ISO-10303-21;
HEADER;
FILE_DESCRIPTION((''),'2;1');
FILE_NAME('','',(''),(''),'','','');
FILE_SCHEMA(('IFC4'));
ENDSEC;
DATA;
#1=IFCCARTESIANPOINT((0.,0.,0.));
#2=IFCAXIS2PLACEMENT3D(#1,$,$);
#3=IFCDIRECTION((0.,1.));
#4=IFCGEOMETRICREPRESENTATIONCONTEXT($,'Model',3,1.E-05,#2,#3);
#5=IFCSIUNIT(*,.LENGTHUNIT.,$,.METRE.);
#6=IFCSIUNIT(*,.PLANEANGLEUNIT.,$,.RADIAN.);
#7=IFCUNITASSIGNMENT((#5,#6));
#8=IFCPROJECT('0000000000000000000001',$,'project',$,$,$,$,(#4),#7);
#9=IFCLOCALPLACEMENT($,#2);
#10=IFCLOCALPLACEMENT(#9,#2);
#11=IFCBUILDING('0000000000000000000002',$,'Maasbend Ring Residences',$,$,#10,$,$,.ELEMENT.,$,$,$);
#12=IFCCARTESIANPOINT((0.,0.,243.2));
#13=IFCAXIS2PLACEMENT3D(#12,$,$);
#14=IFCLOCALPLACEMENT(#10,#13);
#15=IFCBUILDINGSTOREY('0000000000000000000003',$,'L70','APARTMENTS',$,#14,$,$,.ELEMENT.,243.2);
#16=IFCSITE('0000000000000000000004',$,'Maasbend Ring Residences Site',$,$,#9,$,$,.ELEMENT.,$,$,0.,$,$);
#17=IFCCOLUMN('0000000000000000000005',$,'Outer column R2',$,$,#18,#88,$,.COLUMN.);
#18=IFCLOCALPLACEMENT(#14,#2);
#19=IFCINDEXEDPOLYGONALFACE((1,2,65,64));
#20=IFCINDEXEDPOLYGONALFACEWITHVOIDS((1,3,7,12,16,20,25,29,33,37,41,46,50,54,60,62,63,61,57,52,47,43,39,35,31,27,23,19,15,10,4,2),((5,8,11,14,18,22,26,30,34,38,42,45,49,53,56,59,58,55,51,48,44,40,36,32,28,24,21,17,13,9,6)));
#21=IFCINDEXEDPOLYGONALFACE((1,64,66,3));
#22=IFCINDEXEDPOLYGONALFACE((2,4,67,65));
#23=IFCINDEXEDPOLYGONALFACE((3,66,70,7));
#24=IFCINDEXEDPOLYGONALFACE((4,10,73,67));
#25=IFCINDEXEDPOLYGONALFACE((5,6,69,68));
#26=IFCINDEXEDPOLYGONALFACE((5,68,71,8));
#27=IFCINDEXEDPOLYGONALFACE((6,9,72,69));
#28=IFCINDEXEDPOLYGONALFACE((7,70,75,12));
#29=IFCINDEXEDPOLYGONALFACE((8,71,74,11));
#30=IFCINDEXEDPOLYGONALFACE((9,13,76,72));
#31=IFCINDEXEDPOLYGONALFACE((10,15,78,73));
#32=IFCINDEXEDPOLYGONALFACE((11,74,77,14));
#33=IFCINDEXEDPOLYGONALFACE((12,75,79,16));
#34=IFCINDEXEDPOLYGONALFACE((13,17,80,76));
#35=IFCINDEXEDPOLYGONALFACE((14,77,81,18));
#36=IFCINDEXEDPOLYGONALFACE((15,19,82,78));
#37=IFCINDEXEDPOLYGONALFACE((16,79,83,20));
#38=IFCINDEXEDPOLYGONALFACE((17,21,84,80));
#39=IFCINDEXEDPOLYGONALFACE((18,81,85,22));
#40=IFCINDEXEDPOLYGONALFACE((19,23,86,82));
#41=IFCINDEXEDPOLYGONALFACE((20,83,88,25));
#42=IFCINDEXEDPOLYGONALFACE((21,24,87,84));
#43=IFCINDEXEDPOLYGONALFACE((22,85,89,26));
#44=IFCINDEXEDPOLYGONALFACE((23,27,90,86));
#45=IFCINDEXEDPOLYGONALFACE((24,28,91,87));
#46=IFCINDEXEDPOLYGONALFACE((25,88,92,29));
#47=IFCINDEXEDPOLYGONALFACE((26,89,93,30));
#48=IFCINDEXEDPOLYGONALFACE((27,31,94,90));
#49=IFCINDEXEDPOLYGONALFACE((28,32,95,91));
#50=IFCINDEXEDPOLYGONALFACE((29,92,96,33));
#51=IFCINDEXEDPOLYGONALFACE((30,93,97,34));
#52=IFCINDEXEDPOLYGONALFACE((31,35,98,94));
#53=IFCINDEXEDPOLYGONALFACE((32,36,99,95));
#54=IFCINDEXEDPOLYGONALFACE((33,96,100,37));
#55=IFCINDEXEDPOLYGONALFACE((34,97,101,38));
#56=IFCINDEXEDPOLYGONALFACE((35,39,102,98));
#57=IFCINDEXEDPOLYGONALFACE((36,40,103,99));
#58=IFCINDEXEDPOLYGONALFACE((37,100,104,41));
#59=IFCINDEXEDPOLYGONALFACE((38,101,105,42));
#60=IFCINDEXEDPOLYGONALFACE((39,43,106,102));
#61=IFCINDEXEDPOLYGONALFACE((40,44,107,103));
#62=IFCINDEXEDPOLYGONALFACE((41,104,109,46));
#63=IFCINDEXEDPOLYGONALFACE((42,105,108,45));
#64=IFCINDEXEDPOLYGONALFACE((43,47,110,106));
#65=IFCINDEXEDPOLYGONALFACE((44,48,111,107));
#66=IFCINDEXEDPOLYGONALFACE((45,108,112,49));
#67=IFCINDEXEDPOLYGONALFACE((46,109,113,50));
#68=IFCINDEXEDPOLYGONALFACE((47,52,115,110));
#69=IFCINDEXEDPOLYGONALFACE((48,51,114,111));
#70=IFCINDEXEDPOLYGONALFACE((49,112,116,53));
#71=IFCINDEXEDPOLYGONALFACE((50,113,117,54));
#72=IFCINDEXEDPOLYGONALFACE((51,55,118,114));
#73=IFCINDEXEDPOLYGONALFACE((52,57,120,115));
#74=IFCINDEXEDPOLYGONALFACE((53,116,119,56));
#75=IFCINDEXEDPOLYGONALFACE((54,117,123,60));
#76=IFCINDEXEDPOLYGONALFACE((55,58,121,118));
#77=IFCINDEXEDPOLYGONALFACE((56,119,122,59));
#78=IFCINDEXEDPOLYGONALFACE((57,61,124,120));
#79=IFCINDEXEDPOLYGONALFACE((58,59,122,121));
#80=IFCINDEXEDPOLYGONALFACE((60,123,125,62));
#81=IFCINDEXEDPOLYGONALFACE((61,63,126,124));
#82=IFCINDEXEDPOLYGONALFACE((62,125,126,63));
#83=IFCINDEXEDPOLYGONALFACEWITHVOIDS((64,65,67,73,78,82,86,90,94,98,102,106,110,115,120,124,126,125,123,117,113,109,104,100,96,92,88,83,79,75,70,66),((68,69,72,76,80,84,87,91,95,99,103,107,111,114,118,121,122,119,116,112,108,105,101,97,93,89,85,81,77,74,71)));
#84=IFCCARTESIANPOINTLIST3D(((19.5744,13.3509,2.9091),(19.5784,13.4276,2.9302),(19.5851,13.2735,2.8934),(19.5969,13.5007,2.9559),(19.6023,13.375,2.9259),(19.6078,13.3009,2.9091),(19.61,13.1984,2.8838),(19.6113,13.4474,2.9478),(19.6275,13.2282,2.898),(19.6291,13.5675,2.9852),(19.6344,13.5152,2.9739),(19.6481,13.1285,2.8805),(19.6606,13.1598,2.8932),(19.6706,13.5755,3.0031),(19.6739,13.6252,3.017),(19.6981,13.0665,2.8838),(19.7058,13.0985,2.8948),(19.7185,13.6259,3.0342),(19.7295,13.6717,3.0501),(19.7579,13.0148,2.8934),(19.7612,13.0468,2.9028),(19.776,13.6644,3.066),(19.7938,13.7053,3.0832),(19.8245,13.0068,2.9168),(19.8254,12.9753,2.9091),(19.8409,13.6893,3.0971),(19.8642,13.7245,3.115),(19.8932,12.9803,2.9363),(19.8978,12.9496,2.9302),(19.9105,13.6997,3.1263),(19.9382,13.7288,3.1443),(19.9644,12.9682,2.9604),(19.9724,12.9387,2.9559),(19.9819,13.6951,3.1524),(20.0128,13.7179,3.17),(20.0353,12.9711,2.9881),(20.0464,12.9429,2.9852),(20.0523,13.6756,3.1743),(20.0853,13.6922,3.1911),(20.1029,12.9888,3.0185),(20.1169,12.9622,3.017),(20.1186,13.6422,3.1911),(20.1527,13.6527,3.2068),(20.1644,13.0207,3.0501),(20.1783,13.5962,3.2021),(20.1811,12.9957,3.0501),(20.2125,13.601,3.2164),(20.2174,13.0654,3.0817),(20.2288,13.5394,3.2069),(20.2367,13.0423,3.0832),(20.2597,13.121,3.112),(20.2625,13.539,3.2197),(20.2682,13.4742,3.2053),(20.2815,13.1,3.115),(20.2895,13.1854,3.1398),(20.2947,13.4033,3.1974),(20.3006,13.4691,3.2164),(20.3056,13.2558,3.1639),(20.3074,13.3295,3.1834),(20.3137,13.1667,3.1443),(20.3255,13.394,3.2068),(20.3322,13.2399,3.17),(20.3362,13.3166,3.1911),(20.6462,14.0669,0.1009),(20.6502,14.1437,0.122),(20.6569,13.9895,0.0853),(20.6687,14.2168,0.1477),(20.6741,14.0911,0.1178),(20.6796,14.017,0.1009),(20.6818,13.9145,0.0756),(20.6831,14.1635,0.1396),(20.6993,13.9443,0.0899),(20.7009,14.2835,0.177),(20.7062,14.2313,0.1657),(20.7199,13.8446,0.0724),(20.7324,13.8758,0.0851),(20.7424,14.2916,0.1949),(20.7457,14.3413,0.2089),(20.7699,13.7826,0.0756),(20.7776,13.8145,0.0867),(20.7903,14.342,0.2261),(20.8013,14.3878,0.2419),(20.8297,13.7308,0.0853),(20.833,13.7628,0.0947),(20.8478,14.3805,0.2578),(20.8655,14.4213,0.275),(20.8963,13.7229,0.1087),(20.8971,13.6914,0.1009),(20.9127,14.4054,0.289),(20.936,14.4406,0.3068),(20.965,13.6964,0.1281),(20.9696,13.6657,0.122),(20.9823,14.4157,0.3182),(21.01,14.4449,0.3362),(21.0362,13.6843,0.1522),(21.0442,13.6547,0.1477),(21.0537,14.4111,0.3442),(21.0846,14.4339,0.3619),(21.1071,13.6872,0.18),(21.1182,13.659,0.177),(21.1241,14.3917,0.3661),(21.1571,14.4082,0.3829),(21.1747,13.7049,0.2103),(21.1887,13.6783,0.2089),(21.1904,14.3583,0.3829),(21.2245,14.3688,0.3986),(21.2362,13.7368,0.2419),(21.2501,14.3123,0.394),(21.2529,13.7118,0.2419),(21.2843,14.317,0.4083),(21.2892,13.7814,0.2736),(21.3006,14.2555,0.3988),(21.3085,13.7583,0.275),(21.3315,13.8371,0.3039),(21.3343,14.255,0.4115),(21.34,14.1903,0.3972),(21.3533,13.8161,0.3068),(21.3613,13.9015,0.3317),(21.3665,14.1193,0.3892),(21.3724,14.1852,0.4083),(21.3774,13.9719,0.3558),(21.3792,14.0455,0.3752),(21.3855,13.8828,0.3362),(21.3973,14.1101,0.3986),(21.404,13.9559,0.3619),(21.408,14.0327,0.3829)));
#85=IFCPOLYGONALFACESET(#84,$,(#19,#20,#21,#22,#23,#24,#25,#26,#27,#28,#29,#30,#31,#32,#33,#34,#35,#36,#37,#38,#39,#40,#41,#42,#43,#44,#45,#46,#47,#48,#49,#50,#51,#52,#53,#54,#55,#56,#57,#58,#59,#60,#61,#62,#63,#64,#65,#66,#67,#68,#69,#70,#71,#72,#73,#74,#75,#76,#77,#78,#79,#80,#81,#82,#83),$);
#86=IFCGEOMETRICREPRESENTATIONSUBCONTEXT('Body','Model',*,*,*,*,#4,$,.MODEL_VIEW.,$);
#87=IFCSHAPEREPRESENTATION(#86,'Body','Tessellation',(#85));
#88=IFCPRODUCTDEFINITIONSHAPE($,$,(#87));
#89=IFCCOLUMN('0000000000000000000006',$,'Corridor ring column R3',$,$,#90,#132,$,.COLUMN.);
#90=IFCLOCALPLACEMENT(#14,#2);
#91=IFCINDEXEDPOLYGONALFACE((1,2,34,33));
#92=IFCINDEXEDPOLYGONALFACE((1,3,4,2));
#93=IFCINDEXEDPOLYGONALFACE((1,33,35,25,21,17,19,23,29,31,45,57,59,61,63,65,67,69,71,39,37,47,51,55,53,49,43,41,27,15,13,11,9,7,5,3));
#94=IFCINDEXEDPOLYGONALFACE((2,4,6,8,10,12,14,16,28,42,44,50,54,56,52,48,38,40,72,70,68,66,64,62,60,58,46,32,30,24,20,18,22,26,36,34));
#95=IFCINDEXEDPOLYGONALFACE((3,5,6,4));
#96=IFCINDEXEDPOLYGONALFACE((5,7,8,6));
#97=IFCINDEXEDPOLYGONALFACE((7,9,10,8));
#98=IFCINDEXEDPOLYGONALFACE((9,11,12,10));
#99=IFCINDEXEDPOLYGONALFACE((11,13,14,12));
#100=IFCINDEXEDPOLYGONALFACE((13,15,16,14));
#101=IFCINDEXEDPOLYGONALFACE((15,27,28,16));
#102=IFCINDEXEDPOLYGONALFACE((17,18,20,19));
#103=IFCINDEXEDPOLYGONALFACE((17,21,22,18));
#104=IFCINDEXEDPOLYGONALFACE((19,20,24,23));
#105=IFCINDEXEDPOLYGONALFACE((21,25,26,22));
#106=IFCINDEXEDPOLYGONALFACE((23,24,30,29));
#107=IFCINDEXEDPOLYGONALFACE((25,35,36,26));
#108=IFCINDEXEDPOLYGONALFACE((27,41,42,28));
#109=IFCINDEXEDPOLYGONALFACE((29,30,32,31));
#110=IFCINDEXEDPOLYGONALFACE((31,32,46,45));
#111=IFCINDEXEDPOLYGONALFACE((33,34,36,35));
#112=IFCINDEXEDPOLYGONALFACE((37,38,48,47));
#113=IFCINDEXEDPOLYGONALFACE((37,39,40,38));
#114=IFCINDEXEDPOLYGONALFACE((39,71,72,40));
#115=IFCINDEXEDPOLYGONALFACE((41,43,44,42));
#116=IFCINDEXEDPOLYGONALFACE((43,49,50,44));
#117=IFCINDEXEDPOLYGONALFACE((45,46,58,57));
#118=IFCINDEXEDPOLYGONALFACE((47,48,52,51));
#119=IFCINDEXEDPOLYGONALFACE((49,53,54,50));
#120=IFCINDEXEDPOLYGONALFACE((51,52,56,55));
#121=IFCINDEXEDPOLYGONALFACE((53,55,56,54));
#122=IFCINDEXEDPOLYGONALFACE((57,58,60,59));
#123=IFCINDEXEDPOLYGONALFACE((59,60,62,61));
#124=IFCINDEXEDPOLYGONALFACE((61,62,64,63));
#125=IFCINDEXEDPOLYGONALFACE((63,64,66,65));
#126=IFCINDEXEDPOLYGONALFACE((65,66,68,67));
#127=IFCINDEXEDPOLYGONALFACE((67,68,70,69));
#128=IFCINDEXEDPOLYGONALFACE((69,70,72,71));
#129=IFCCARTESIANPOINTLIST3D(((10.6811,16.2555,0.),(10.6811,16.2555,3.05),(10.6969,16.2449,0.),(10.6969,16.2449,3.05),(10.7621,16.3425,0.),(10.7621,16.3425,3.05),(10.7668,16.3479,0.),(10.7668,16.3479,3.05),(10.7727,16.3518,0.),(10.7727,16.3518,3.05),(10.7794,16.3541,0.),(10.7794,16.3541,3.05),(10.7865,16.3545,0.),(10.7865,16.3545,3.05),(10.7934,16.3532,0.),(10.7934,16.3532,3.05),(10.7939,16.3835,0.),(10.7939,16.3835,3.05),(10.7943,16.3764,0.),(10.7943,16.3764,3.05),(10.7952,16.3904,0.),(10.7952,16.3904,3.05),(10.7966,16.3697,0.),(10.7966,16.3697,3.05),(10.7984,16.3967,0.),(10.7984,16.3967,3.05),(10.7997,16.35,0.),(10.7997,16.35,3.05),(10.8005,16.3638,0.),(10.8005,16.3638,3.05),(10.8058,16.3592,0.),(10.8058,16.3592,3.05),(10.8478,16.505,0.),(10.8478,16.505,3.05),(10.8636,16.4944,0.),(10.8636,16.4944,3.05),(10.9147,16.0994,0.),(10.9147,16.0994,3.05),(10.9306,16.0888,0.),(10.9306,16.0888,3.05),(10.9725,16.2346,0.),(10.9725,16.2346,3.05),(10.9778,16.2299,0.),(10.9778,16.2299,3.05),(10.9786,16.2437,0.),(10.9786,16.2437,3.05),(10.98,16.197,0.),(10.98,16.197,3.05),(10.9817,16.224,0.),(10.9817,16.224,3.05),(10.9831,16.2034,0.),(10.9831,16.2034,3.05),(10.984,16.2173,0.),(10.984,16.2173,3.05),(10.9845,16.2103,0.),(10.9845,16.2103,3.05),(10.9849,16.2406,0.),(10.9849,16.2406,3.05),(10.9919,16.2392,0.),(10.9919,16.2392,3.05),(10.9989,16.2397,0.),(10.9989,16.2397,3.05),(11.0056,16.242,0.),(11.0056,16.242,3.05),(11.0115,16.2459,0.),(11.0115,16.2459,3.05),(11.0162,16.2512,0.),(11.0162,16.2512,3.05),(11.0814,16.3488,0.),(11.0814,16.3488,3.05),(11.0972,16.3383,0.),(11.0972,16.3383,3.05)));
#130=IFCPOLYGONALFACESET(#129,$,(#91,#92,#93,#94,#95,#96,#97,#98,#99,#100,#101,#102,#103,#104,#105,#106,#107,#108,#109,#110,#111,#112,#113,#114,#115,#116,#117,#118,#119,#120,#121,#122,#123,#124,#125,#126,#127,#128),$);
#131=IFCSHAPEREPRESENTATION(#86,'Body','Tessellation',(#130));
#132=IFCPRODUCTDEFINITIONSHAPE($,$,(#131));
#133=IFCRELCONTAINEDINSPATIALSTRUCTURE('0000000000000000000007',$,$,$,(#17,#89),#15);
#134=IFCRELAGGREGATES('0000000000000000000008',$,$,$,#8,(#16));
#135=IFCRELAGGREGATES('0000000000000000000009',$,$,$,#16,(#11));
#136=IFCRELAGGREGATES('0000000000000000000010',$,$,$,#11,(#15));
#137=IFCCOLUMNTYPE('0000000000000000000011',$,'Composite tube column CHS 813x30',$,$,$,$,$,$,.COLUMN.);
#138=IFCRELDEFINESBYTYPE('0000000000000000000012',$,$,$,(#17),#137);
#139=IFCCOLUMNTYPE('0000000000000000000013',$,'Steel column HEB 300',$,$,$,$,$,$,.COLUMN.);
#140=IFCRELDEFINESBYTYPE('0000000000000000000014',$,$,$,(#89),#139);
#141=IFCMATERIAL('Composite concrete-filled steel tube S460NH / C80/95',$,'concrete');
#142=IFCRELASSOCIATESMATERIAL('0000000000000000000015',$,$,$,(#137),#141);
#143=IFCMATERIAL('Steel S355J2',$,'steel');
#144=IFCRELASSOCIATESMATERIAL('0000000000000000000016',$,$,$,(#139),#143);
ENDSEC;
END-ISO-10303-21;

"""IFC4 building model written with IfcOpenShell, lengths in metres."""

from ifc_helpers import new_model, si_unit, direction, frame, origin, origin_2d, place, context, subcontext, project, spatial, hollow_circle, i_section, extrude, material, material_profile, profile_set, type_object, element, save


model = new_model("IFC4")

# Units and contexts
model_context = context("Model", 3, precision=1e-05, world=origin(), true_north=direction((0.0, 1.0)))
body_context = subcontext(model_context, "Body", "Model", "MODEL_VIEW")
ifc_project = project(units=[si_unit("LENGTHUNIT", "METRE"), si_unit("PLANEANGLEUNIT", "RADIAN")], contexts=[model_context])

# Site, building, storey
site_placement = place(None, origin())
site = spatial("IfcSite", under=ifc_project, at=site_placement, Name="Maasbend Ring Residences Site", CompositionType="ELEMENT", RefElevation=0.0)
building_placement = place(site_placement, origin())
building = spatial("IfcBuilding", under=site, at=building_placement, Name="Maasbend Ring Residences", CompositionType="ELEMENT")
storey_placement = place(building_placement, frame((0.0, 0.0, 243.2)))
storey = spatial("IfcBuildingStorey", under=building, at=storey_placement, Name="L70", Description="APARTMENTS", CompositionType="ELEMENT", Elevation=243.2)

# Columns
ifc_material_1 = material(Name="Composite concrete-filled steel tube S460NH / C80/95", Category="concrete")
ifc_material_profile_1 = material_profile(ifc_material_1, hollow_circle(Radius=0.4065, WallThickness=0.03, at=origin_2d()), Name="Composite tube column CHS 813x30")
ifc_profile_set_1 = profile_set([ifc_material_profile_1], Name="Composite concrete-filled steel tube S460NH / C80/95")
column_type_1 = type_object("IfcColumnType", Name="Composite tube column CHS 813x30", PredefinedType="COLUMN", material=ifc_profile_set_1)
column_1_placement = place(storey_placement, frame((21.0271, 14.0498, 0.2419), z_axis=(-0.346875, -0.23175, 0.908829), x_axis=(0.55553, -0.831496, 0.0)))
element("IfcColumn", 1, at=column_1_placement, inside=storey, type_object=column_type_1, Name="Outer column R2", PredefinedType="COLUMN", context=body_context, shape_type="SweptSolid", body=[
    extrude(hollow_circle(Radius=0.4065, WallThickness=0.03, at=origin_2d()), origin(), (0.0, 0.0, 1.0), 3.0898),
])
ifc_material_2 = material(Name="Steel S355J2", Category="steel")
ifc_material_profile_2 = material_profile(ifc_material_2, i_section(OverallWidth=0.3, OverallDepth=0.3, WebThickness=0.011, FlangeThickness=0.019, FilletRadius=0.0271, at=origin_2d()), Name="HEB 300")
ifc_profile_set_2 = profile_set([ifc_material_profile_2], Name="Steel S355J2")
column_type_2 = type_object("IfcColumnType", Name="Steel column HEB 300", PredefinedType="COLUMN", material=ifc_profile_set_2)
column_2_placement = place(storey_placement, frame((10.8892, 16.2969, 0.0), z_axis=(0.0, 0.0, 1.0), x_axis=(0.55557, 0.83147, 0.0)))
element("IfcColumn", 2, at=column_2_placement, inside=storey, type_object=column_type_2, Name="Corridor ring column R3", PredefinedType="COLUMN", context=body_context, shape_type="SweptSolid", body=[
    extrude(i_section(OverallWidth=0.3, OverallDepth=0.3, WebThickness=0.011, FlangeThickness=0.019, FilletRadius=0.0271, at=origin_2d()), origin(), (0.0, 0.0, 1.0), 3.05),
])

save(model, "model.ifc")
